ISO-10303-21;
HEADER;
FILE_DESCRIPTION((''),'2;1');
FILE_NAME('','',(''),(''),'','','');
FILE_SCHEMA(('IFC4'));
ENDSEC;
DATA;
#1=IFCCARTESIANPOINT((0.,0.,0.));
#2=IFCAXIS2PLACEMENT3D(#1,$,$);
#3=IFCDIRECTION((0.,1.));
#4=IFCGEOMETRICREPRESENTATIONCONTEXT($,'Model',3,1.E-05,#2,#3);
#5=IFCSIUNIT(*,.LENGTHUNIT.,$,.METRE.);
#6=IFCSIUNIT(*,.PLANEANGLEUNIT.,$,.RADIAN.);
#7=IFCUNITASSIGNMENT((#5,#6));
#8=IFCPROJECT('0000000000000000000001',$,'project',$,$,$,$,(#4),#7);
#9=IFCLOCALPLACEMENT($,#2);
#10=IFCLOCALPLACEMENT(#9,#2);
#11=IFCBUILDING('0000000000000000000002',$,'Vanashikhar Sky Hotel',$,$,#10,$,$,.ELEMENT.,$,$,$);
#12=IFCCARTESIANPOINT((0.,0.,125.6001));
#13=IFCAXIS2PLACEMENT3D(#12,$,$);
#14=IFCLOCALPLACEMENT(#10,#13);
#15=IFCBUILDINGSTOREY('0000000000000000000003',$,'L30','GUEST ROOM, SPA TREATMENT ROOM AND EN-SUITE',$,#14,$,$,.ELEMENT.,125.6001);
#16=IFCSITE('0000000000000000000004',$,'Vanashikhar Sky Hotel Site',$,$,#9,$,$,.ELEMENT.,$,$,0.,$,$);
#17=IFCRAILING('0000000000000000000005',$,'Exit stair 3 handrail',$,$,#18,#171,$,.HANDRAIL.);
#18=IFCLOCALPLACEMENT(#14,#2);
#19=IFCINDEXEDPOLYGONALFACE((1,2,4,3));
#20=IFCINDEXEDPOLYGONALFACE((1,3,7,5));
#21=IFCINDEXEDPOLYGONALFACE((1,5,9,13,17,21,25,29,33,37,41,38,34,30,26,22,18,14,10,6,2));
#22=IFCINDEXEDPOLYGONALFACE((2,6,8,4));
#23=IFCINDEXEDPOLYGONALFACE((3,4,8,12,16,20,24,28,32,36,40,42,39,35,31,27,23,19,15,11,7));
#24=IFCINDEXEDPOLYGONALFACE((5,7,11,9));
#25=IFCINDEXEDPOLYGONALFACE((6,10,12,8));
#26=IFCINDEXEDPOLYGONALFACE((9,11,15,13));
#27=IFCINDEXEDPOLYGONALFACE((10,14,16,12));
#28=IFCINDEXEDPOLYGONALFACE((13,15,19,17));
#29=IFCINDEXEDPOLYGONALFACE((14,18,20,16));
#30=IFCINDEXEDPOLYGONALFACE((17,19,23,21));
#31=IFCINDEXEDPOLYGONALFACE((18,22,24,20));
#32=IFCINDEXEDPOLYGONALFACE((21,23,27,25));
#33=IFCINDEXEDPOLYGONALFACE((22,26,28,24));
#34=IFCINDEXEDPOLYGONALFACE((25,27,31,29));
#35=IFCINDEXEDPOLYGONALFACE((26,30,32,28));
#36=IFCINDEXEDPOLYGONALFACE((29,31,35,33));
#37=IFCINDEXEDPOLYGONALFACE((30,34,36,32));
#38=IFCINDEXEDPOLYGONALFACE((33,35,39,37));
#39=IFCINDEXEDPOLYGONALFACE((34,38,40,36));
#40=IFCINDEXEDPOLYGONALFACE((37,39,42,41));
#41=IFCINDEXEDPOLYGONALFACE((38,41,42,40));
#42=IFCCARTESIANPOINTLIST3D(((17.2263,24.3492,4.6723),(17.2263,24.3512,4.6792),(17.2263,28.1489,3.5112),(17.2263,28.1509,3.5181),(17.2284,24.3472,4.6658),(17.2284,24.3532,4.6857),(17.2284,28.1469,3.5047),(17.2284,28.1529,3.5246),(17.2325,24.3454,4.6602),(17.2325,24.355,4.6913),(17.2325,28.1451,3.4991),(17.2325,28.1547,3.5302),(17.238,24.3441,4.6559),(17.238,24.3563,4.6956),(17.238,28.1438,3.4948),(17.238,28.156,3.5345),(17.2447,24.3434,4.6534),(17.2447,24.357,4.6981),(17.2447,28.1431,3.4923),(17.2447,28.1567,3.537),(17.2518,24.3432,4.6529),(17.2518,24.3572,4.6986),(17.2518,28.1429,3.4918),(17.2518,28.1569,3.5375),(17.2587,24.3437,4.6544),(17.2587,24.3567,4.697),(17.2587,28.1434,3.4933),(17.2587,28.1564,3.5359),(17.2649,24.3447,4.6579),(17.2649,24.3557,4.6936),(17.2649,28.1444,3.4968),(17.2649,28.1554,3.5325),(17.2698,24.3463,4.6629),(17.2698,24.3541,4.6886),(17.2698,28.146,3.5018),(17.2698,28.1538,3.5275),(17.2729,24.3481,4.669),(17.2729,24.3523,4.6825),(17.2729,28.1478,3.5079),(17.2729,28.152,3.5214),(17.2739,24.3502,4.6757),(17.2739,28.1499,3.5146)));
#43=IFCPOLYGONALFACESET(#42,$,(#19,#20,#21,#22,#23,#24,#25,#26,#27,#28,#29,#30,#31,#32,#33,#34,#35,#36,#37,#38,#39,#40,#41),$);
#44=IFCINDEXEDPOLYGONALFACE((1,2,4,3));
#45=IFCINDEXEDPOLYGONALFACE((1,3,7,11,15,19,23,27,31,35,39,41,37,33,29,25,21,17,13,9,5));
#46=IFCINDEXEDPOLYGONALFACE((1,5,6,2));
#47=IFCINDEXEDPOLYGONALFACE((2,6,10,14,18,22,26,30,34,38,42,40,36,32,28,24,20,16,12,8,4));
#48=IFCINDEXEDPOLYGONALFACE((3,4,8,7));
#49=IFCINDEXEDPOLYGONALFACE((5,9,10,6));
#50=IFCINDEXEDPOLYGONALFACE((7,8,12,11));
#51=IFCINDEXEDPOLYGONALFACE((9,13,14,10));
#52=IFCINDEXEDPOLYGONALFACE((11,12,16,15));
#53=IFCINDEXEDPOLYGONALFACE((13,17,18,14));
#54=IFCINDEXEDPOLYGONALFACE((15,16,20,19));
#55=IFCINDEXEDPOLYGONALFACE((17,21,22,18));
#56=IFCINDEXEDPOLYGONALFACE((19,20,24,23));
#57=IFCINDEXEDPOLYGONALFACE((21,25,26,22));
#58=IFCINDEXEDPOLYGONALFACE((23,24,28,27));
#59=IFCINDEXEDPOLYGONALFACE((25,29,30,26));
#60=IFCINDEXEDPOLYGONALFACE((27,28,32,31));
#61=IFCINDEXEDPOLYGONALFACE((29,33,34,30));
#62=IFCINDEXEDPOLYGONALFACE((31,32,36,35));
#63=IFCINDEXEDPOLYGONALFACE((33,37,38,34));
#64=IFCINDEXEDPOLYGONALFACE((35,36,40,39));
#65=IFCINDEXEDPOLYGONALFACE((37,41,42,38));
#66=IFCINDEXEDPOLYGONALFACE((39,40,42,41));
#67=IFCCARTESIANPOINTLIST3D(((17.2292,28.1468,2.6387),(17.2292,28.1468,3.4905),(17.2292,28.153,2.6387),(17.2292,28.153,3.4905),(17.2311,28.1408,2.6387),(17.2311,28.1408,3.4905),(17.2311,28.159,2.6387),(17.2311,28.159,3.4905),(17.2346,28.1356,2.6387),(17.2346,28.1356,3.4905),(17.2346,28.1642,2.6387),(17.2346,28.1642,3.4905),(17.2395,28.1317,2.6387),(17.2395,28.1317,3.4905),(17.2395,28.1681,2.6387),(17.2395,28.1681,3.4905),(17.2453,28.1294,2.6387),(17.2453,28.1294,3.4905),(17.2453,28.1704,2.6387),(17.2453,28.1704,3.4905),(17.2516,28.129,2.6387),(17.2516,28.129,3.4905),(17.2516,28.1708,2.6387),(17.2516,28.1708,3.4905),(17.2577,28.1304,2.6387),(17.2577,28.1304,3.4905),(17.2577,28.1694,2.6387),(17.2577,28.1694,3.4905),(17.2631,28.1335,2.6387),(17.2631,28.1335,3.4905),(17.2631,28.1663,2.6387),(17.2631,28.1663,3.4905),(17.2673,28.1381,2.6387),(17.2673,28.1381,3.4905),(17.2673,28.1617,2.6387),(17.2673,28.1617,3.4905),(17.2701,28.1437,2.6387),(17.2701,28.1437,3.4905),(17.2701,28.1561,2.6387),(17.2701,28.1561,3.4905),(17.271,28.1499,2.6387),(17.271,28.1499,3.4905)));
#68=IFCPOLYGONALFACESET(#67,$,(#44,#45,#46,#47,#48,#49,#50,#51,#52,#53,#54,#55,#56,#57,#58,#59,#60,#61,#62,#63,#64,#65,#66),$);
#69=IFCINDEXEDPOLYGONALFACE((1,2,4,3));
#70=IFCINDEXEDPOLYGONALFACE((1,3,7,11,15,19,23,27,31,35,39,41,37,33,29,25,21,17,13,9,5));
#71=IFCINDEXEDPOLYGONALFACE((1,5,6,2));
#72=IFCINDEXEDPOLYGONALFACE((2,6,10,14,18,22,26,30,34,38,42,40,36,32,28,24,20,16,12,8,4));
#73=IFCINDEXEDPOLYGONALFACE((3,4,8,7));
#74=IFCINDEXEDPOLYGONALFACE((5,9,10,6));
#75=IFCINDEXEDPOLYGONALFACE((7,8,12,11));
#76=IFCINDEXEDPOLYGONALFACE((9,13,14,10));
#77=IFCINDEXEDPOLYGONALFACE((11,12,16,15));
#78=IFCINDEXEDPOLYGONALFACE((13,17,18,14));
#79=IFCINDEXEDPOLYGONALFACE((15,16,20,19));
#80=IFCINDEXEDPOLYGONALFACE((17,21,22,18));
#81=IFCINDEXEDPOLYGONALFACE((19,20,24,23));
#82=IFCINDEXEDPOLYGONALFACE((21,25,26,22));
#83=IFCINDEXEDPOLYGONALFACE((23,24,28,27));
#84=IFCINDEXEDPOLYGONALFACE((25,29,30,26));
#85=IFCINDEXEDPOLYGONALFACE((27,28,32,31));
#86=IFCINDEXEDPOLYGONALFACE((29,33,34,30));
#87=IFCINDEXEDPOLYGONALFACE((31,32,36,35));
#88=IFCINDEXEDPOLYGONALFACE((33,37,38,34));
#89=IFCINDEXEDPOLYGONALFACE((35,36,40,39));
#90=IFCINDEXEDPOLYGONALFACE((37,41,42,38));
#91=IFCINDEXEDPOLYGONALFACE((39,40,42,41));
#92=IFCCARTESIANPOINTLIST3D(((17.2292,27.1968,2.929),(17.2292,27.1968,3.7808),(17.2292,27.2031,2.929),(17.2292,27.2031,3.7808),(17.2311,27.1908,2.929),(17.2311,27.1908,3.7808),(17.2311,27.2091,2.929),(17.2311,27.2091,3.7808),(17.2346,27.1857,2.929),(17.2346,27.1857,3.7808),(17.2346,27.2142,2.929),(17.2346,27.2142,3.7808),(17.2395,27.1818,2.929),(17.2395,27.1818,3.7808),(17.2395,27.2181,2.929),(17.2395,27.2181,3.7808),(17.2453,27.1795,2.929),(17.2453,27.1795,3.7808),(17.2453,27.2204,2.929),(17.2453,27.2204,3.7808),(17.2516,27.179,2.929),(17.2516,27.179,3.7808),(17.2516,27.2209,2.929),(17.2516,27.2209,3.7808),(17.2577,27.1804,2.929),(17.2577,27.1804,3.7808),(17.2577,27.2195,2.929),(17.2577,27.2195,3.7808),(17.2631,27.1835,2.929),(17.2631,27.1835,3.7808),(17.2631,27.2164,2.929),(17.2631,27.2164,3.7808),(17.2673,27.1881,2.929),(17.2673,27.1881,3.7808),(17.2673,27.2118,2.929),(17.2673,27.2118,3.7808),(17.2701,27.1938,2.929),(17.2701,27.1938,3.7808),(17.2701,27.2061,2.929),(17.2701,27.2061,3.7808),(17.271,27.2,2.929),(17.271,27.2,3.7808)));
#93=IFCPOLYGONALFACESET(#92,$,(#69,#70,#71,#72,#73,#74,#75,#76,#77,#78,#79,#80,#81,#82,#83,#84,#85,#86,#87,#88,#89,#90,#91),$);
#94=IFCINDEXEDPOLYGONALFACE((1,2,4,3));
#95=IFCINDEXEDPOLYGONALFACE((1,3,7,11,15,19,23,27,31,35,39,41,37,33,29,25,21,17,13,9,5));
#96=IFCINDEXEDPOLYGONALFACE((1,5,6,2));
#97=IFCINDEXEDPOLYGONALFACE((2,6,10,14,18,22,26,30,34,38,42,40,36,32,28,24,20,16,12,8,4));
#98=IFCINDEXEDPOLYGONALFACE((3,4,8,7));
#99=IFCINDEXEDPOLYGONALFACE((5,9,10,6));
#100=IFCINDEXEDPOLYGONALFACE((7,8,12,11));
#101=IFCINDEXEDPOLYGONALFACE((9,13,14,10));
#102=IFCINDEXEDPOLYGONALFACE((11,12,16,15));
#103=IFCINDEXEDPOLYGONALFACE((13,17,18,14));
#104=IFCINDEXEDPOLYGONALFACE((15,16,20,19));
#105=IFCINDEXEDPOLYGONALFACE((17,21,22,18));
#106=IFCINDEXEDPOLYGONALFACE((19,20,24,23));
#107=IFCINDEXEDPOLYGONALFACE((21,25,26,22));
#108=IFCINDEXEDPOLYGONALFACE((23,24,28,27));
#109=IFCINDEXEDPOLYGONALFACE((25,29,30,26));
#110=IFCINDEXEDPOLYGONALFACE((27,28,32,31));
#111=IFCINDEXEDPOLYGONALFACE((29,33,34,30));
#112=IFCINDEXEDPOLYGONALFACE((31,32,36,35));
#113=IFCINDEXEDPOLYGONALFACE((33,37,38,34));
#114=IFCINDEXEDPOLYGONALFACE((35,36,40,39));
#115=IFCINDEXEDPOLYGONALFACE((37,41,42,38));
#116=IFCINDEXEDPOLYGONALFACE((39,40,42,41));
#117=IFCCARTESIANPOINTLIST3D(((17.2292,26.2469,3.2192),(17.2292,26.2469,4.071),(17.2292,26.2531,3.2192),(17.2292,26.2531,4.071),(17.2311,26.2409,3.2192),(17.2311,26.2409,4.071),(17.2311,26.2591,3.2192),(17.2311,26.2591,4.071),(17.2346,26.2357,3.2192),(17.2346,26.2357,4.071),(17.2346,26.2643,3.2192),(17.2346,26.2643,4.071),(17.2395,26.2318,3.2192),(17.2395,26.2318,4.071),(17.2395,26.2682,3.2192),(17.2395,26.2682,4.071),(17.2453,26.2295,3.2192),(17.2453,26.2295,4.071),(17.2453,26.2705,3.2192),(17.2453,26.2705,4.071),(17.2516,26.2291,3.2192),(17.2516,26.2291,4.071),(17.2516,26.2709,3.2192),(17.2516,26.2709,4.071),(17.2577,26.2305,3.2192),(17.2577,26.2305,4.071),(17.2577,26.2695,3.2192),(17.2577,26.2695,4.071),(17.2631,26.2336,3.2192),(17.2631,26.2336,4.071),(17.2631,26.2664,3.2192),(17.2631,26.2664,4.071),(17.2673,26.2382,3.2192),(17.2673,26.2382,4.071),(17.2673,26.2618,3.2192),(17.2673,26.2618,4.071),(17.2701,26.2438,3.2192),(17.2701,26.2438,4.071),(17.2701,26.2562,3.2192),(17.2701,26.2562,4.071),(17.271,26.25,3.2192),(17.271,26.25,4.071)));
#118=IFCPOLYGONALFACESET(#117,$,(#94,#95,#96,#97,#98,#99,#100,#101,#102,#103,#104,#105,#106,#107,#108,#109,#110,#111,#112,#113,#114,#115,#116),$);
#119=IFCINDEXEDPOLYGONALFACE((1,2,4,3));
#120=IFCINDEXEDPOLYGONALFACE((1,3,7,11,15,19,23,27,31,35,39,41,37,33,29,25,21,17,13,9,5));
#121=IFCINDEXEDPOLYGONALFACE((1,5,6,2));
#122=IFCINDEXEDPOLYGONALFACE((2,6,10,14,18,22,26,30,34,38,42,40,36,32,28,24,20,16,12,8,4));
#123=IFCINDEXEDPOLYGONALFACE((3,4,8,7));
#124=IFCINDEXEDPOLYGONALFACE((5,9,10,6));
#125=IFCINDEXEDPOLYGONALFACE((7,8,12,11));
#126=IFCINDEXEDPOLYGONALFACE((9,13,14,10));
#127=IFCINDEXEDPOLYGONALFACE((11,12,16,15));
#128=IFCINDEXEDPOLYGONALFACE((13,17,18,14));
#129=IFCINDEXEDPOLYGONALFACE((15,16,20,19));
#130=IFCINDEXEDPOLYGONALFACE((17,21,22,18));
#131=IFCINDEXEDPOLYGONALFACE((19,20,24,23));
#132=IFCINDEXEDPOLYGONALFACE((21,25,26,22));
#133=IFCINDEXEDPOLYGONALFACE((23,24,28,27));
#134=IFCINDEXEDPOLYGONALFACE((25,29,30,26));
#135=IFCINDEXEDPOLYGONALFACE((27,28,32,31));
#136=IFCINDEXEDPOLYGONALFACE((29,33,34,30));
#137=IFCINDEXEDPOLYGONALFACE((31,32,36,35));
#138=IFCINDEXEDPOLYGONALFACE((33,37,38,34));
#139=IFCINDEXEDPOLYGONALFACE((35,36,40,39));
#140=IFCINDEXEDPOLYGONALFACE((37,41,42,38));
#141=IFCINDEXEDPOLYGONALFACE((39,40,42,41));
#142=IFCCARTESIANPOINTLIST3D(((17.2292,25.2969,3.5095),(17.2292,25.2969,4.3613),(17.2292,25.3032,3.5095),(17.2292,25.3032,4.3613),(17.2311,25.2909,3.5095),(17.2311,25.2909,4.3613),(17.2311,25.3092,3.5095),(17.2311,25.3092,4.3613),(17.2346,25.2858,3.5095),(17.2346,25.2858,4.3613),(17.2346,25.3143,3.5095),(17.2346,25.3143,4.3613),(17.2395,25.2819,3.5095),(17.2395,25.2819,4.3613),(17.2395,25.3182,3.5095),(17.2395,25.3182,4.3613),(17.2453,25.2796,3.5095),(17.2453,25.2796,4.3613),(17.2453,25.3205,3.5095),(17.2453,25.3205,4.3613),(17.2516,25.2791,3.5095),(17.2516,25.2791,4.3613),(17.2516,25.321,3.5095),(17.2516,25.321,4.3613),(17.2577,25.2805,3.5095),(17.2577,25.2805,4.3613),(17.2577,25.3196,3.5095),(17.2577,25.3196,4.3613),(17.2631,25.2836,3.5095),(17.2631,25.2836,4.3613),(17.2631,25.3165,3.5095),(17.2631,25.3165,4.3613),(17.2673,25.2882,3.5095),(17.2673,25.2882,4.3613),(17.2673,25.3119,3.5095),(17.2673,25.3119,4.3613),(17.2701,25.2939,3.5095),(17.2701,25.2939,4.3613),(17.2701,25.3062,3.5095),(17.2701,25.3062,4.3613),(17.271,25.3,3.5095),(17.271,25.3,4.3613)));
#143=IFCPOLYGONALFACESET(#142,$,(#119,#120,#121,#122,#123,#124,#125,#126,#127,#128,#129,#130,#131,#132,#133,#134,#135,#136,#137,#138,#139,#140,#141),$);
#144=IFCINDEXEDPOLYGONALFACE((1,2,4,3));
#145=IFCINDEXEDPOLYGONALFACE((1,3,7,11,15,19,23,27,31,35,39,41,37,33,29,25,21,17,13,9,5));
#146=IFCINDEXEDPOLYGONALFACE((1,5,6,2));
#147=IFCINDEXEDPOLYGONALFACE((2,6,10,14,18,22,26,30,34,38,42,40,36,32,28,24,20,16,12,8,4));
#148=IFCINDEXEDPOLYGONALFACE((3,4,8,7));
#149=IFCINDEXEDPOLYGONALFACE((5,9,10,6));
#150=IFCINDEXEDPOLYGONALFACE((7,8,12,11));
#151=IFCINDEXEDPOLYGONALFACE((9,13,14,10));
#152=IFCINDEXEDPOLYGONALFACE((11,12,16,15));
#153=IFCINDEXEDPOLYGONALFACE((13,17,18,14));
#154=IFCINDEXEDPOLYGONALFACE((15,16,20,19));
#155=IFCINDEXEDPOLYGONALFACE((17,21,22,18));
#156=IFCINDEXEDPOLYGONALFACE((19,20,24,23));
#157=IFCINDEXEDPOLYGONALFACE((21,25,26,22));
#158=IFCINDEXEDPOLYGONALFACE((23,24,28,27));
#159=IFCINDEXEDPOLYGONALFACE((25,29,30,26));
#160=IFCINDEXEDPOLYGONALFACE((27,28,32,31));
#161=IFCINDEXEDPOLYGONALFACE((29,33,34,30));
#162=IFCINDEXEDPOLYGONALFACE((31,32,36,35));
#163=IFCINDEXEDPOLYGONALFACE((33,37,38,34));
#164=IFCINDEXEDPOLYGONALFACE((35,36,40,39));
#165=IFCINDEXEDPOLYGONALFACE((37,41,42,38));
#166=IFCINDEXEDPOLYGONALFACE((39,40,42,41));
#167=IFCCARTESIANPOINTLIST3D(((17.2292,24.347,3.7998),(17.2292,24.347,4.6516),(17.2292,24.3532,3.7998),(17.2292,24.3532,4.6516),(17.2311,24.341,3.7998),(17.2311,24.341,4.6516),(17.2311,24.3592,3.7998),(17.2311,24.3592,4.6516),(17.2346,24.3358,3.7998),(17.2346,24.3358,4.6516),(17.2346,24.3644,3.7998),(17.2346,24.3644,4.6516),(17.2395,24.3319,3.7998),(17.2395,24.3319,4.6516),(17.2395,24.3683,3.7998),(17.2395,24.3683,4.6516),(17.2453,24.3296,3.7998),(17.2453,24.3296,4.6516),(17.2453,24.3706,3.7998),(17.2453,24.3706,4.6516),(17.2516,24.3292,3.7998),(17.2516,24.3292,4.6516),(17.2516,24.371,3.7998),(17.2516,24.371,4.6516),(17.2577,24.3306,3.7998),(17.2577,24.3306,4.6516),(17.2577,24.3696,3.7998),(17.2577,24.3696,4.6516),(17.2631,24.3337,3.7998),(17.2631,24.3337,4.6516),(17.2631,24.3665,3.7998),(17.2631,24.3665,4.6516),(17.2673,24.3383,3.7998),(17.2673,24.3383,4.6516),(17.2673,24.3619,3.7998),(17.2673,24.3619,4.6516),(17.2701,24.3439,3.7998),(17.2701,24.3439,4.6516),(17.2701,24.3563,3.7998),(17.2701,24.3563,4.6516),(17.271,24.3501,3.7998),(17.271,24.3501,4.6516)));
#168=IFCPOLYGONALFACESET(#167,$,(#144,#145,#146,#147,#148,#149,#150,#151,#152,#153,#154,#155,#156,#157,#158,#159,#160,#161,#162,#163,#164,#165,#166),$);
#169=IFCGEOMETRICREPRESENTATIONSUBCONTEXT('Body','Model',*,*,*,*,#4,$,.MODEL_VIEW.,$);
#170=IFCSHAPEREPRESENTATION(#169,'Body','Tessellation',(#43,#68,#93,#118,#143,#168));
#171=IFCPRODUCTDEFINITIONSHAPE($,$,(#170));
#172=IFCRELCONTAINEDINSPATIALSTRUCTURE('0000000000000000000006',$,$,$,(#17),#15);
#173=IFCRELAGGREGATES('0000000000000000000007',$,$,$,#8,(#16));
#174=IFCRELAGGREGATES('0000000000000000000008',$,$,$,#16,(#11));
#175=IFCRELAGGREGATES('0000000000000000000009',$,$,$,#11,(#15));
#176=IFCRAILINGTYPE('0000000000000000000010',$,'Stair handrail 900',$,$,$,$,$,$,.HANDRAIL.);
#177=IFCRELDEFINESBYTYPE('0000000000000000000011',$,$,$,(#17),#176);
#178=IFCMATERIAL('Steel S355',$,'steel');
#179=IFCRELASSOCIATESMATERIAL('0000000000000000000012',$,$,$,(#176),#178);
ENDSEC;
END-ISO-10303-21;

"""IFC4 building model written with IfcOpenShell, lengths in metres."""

from ifc_helpers import new_model, si_unit, direction, frame, origin, origin_2d, place, context, subcontext, project, spatial, circle, extrude, source, transform, mapped, material, type_object, element, save


model = new_model("IFC4")

# Units and contexts
model_context = context("Model", 3, precision=1e-05, world=origin(), true_north=direction((0.0, 1.0)))
body_context = subcontext(model_context, "Body", "Model", "MODEL_VIEW")
ifc_project = project(units=[si_unit("LENGTHUNIT", "METRE"), si_unit("PLANEANGLEUNIT", "RADIAN")], contexts=[model_context])

# Site, building, storey
site_placement = place(None, origin())
site = spatial("IfcSite", under=ifc_project, at=site_placement, Name="Vanashikhar Sky Hotel Site", CompositionType="ELEMENT", RefElevation=0.0)
building_placement = place(site_placement, origin())
building = spatial("IfcBuilding", under=site, at=building_placement, Name="Vanashikhar Sky Hotel", CompositionType="ELEMENT")
storey_placement = place(building_placement, frame((0.0, 0.0, 125.6001)))
storey = spatial("IfcBuildingStorey", under=building, at=storey_placement, Name="L30", Description="GUEST ROOM, SPA TREATMENT ROOM AND EN-SUITE", CompositionType="ELEMENT", Elevation=125.6001)

# Railing
ifc_material_1 = material(Name="Steel S355", Category="steel")
railing_type_1 = type_object("IfcRailingType", Name="Stair handrail 900", PredefinedType="HANDRAIL", material=ifc_material_1)
shared_shape_1 = source(origin(), body_context, "Body", "SweptSolid", [
    extrude(circle(Radius=0.0239, at=origin_2d()), frame((0.0, 0.0, 0.876), z_axis=(0.0, -0.956346, 0.292237), x_axis=(1.0, 0.0, 0.0)), (0.0, 0.0, 1.0), 3.9731),
    extrude(circle(Radius=0.021, at=origin_2d()), origin(), (0.0, 0.0, 1.0), 0.8518),
    extrude(circle(Radius=0.021, at=origin_2d()), frame((0.0, -0.95, 0.2903)), (0.0, 0.0, 1.0), 0.8518),
    extrude(circle(Radius=0.021, at=origin_2d()), frame((0.0, -1.8999, 0.5806)), (0.0, 0.0, 1.0), 0.8518),
    extrude(circle(Radius=0.021, at=origin_2d()), frame((0.0, -2.8499, 0.8708)), (0.0, 0.0, 1.0), 0.8518),
    extrude(circle(Radius=0.021, at=origin_2d()), frame((0.0, -3.7998, 1.1611)), (0.0, 0.0, 1.0), 0.8518),
])
for number, where, name in (
    (1, (17.25, 28.1499, 2.6387), "Exit stair 3 handrail"),
):
    element("IfcRailing", number, at=place(storey_placement, frame(where)), inside=storey, type_object=railing_type_1, Name=name, PredefinedType="HANDRAIL", context=body_context, shape_type="MappedRepresentation", body=[
        mapped(shared_shape_1, transform((0.0, 0.0, 0.0), scale=1.0)),
    ])

save(model, "model.ifc")
